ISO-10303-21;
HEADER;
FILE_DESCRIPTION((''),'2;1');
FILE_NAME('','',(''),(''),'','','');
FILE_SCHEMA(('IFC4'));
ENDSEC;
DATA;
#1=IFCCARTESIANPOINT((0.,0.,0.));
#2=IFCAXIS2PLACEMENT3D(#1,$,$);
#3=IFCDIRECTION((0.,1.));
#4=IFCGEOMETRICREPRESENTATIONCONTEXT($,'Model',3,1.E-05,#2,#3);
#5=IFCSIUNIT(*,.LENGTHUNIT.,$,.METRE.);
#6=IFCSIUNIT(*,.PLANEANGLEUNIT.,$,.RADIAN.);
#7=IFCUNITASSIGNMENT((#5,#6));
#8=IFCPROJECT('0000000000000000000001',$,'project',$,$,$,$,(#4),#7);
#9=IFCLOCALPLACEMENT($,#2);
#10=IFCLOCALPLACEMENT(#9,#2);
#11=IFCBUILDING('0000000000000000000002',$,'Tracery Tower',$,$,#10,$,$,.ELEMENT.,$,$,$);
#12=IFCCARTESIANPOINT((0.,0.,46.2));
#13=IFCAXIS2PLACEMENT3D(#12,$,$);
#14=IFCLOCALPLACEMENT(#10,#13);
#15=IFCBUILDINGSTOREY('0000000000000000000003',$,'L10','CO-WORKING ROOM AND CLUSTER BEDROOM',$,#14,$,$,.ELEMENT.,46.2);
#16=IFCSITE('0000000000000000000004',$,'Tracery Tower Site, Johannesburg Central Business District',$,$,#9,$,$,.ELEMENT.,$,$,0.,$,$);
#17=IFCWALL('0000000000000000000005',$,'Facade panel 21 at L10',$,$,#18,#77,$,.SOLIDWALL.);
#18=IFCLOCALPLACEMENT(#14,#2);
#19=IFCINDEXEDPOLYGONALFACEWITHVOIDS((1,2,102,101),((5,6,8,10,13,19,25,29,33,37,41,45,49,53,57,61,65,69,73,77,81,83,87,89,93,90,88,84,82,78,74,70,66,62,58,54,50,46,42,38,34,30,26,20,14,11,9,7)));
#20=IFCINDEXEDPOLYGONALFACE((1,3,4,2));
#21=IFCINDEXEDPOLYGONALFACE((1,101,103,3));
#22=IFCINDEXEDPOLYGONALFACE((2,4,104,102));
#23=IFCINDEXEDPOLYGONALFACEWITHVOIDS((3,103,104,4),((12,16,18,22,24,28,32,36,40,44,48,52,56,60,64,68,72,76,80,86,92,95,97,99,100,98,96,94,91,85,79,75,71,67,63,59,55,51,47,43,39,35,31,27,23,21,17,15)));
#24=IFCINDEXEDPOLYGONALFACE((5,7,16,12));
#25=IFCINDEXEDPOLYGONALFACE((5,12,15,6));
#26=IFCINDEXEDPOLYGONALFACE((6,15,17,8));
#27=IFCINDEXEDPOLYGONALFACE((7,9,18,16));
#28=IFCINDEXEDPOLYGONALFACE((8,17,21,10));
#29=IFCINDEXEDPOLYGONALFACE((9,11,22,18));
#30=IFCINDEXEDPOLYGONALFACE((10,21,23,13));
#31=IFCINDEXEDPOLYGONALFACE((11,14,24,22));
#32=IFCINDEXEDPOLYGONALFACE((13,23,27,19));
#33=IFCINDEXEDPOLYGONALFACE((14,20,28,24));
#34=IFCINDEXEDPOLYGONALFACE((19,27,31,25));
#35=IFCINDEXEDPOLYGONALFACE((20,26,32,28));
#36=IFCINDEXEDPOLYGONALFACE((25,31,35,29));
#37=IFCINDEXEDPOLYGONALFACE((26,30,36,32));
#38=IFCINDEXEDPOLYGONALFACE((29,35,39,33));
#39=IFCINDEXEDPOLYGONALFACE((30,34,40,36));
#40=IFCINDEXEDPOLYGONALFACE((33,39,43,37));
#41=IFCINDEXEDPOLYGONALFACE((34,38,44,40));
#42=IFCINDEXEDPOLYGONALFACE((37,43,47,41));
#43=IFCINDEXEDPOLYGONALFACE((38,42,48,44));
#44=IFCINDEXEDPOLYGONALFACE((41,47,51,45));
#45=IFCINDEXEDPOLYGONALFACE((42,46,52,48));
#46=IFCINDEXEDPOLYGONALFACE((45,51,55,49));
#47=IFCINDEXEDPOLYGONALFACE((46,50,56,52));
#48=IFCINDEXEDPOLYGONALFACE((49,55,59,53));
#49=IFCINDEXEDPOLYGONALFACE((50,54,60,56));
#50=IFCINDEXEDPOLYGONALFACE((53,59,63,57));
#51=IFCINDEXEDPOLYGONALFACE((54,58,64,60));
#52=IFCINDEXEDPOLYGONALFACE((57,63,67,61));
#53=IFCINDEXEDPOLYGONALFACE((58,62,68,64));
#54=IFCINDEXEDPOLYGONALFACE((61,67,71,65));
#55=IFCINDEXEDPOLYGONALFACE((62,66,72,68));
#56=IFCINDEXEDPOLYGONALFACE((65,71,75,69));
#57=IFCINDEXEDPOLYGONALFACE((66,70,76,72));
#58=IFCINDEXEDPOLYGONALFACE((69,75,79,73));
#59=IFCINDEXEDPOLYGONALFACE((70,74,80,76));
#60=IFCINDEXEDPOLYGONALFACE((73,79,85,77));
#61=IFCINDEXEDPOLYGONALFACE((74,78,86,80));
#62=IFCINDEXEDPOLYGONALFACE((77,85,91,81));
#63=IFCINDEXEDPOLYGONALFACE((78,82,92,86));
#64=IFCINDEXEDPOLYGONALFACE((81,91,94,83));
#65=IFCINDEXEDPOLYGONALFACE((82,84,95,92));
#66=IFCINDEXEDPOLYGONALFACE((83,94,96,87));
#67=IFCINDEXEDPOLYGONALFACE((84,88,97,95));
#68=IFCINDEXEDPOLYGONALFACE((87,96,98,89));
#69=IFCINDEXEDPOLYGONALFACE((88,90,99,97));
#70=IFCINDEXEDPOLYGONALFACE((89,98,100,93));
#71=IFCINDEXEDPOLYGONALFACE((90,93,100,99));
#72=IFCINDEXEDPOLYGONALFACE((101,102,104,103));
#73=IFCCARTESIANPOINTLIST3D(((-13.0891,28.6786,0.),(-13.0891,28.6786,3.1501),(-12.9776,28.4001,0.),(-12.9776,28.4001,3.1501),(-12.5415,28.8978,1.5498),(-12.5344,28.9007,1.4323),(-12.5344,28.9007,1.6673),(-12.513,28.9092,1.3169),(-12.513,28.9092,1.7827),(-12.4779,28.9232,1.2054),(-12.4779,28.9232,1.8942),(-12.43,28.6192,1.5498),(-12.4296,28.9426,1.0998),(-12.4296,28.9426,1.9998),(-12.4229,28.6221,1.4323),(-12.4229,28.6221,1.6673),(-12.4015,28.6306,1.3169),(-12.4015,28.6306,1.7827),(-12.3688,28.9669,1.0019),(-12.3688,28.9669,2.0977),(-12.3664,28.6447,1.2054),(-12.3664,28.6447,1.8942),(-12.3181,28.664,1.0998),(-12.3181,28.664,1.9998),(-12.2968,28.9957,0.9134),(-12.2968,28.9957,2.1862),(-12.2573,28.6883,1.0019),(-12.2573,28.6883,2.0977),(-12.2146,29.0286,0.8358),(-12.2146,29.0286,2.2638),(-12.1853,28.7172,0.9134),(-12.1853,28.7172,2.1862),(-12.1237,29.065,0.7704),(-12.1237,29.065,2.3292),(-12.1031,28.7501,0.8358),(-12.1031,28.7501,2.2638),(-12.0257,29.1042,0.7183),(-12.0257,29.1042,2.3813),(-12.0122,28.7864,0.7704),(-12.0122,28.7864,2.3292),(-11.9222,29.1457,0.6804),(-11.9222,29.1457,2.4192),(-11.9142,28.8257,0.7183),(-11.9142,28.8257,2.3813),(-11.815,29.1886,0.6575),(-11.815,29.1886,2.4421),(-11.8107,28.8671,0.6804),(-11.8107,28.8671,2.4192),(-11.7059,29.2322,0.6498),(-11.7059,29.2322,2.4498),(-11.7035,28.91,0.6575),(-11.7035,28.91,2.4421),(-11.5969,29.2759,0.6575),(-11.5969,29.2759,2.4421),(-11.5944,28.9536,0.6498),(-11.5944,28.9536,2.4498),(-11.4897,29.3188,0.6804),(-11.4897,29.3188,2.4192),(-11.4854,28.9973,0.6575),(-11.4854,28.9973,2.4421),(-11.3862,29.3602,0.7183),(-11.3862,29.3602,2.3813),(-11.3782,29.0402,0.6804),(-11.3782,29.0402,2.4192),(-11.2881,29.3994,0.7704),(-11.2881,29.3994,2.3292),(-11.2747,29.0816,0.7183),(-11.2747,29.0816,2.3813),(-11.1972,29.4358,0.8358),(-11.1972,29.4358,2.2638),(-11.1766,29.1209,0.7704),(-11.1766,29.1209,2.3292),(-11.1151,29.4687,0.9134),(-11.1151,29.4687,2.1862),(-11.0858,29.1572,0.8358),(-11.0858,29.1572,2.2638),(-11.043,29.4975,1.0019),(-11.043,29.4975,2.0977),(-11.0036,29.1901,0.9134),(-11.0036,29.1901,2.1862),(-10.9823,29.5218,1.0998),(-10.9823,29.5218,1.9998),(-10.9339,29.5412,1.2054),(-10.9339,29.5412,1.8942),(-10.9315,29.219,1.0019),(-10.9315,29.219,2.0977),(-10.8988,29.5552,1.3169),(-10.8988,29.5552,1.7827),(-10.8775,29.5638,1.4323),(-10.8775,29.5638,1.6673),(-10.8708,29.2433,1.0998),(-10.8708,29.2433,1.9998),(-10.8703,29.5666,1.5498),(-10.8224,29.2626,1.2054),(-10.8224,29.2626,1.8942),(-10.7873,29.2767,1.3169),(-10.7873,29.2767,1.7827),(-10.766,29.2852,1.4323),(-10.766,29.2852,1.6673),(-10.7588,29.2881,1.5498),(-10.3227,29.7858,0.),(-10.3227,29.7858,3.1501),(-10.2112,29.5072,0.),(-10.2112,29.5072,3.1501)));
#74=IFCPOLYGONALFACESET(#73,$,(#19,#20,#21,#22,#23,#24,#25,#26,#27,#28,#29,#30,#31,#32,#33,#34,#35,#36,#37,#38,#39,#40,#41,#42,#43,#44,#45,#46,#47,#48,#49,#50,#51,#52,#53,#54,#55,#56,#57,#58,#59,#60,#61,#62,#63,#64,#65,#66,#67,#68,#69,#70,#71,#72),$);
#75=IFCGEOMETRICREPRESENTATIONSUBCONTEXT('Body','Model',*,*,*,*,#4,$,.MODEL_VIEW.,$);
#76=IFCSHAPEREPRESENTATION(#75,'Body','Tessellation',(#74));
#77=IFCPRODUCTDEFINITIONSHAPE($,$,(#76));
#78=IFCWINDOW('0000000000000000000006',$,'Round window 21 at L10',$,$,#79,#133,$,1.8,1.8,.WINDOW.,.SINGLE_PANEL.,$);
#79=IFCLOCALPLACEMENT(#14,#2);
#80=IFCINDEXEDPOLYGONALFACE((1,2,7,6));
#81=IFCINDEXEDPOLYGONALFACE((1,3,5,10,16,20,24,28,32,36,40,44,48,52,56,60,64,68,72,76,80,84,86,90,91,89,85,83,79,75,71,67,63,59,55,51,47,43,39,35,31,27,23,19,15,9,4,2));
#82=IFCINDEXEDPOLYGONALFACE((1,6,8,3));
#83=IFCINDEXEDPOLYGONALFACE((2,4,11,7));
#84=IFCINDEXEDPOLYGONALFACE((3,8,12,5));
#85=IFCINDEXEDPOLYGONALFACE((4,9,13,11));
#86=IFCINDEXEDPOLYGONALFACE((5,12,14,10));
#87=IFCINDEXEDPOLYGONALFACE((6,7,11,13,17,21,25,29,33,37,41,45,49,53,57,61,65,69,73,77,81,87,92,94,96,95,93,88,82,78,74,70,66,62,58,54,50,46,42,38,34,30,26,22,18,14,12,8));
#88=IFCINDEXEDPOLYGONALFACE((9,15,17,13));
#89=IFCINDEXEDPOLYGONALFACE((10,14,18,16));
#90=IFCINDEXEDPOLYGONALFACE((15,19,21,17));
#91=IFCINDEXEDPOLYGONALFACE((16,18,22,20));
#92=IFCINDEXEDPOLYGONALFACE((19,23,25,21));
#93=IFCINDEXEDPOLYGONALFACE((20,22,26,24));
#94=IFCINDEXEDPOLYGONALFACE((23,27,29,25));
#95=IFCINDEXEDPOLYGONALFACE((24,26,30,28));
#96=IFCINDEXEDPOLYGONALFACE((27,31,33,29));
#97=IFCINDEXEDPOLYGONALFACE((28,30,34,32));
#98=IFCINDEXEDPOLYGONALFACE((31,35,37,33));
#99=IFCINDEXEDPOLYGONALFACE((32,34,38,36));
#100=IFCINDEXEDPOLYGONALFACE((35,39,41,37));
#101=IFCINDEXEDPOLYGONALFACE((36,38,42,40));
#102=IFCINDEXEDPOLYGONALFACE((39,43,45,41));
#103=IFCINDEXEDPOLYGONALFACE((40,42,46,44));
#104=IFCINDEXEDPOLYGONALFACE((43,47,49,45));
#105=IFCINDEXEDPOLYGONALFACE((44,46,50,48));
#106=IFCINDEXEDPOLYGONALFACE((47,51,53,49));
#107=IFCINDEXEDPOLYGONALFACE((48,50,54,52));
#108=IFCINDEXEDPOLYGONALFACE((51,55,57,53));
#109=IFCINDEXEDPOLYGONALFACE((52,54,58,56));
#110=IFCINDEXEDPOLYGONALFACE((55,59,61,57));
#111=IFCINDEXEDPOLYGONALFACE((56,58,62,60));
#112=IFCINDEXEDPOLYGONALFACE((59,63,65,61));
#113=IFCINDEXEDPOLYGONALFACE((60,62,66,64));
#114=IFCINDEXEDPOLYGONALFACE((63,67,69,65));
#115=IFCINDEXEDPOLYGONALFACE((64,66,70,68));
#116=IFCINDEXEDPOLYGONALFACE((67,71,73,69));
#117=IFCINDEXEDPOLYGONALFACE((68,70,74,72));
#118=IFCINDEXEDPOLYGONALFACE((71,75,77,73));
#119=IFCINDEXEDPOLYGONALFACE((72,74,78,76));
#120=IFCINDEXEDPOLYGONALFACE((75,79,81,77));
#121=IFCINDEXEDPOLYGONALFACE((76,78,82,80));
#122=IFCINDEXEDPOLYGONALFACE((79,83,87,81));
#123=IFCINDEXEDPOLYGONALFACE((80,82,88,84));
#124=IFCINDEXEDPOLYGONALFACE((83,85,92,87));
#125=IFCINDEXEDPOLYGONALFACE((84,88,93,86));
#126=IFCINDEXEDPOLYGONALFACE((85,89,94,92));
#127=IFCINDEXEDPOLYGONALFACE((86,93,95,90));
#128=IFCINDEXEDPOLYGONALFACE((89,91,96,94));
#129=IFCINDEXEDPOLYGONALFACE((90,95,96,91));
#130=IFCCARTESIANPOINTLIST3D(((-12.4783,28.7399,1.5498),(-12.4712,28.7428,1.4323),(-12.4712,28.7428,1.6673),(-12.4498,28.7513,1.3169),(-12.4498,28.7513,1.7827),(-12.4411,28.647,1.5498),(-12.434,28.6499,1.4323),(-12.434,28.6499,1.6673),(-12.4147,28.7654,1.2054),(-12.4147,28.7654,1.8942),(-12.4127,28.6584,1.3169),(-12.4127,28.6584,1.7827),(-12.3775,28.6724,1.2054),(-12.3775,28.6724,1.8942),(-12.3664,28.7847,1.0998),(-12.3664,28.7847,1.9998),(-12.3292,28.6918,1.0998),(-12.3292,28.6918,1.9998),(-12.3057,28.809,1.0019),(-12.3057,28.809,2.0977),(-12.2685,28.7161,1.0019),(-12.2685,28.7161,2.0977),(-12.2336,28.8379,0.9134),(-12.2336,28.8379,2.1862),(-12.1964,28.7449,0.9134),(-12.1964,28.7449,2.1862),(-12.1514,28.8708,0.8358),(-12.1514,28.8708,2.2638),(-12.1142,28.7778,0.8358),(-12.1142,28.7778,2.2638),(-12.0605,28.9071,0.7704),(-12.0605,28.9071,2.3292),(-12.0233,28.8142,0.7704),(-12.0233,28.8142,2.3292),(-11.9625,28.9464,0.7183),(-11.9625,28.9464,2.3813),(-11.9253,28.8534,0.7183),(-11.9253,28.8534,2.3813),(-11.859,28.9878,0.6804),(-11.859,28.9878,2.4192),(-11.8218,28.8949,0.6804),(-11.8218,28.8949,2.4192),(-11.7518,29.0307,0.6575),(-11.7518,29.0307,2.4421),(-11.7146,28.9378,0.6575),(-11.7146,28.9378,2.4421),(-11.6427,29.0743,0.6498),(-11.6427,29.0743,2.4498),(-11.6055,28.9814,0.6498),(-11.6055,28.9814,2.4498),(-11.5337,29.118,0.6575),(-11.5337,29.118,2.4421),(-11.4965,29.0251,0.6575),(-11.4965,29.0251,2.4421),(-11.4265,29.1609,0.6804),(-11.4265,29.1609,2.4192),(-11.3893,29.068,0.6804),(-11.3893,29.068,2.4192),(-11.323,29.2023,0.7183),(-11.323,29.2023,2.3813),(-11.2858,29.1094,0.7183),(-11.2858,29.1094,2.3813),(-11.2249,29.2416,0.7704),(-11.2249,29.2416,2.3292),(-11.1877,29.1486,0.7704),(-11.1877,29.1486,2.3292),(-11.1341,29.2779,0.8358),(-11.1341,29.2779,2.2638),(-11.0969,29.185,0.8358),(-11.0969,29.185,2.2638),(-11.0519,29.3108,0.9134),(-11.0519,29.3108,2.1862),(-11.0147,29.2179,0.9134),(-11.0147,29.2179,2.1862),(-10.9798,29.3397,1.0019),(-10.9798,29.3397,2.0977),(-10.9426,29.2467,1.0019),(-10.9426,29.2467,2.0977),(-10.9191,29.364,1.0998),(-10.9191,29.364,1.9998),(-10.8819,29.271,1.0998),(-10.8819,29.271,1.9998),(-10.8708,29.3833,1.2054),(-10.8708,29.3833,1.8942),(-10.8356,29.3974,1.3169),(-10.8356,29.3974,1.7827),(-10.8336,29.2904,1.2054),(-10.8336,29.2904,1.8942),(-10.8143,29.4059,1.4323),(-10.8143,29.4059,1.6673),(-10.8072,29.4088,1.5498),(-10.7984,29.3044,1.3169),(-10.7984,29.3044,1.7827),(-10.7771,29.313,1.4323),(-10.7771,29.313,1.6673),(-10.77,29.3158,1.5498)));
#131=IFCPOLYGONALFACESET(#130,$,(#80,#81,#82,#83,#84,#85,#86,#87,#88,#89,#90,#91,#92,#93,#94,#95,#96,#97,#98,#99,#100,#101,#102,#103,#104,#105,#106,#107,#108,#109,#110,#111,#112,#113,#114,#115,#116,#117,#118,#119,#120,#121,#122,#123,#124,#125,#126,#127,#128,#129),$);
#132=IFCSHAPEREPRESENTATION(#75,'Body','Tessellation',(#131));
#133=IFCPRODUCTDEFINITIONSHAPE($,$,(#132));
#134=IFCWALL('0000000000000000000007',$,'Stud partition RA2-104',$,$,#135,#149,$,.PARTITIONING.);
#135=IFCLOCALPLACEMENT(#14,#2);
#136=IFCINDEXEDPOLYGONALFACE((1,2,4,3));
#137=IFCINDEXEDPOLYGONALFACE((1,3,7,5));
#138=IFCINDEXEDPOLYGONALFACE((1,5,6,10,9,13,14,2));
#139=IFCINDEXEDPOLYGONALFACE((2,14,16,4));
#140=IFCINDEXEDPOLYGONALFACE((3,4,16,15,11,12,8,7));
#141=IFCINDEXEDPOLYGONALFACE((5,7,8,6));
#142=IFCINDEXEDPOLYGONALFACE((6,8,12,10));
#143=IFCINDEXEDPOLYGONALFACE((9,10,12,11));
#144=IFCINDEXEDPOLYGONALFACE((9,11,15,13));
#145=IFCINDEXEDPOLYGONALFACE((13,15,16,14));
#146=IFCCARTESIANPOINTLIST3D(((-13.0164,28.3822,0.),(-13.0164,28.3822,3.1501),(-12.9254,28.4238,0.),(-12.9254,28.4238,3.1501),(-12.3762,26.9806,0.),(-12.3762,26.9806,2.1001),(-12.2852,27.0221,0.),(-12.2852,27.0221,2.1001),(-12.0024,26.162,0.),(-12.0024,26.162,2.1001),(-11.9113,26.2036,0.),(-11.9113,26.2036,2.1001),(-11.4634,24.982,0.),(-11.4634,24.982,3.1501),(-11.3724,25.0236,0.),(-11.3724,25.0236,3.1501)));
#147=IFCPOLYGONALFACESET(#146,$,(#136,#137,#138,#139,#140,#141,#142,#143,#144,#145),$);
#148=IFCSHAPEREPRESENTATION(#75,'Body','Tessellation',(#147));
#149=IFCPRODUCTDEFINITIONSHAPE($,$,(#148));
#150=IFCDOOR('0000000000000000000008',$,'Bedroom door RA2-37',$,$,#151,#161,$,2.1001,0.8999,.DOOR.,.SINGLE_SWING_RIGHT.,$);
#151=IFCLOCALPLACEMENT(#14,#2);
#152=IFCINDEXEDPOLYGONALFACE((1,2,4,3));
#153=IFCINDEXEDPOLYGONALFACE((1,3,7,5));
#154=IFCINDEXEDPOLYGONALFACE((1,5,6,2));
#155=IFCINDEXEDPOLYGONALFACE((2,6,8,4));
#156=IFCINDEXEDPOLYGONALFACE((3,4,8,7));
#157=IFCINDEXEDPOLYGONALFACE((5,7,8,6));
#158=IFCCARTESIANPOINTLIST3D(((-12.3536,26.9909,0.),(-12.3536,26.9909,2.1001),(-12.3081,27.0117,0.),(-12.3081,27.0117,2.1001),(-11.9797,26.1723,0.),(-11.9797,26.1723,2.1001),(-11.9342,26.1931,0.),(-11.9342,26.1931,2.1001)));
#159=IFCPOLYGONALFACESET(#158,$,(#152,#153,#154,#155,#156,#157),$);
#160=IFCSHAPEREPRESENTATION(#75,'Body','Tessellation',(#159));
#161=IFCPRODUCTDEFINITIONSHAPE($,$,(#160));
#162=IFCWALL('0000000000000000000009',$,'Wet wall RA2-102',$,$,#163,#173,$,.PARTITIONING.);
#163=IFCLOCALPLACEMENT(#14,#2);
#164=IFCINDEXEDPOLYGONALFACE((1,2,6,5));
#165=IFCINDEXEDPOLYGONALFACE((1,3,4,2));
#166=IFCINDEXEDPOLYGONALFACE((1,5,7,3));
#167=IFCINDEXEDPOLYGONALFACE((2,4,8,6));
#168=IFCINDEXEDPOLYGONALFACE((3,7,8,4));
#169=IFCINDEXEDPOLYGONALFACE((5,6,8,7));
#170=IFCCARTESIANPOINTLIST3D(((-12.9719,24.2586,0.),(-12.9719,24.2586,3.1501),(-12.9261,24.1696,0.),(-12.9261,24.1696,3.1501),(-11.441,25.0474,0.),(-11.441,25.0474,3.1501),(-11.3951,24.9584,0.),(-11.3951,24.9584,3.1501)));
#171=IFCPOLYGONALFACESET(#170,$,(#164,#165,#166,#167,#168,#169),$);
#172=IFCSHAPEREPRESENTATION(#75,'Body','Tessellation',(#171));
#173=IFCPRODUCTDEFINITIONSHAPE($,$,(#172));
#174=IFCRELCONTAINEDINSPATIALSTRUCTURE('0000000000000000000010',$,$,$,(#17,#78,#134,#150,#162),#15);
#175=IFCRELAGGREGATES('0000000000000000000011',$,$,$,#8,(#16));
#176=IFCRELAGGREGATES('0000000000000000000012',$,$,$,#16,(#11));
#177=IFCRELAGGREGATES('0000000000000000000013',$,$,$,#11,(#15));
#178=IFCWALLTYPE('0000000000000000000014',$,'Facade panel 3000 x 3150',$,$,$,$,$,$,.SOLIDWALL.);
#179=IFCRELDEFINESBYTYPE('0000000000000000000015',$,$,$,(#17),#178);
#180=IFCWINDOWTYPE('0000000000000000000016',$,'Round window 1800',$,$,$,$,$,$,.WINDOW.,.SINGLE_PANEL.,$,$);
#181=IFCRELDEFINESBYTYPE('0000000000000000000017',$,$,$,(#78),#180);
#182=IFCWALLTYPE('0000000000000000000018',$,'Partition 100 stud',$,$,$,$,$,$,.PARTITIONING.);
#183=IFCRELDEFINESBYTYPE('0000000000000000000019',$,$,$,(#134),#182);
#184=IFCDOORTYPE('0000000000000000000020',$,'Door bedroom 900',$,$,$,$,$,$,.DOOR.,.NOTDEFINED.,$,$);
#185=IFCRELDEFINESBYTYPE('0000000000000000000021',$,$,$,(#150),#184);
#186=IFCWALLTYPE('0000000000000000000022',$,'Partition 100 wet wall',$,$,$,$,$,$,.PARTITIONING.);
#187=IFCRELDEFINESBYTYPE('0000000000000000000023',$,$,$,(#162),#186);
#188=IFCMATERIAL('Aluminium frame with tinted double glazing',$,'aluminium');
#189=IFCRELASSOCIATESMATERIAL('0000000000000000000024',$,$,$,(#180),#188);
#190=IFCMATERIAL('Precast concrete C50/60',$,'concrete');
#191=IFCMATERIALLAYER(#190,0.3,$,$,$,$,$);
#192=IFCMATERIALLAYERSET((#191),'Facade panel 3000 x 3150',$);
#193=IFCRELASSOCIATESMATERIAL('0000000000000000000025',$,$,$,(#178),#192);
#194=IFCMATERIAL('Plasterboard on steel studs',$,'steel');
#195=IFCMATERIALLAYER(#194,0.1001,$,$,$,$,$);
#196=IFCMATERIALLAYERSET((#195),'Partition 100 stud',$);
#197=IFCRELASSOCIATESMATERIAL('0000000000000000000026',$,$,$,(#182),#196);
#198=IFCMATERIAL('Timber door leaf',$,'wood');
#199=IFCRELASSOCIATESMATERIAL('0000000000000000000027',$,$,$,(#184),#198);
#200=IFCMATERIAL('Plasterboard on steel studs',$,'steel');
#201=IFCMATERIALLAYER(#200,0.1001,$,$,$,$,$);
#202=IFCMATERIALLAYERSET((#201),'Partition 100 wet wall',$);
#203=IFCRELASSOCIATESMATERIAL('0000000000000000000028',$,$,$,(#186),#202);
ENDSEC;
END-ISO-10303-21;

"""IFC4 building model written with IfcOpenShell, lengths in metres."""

from ifc_helpers import new_model, si_unit, direction, frame, frame_2d, origin, origin_2d, place, context, subcontext, project, spatial, rectangle, circle, extrude, material, layer, layer_set, type_object, element, fill, save


model = new_model("IFC4")

# Units and contexts
model_context = context("Model", 3, precision=1e-05, world=origin(), true_north=direction((0.0, 1.0)))
body_context = subcontext(model_context, "Body", "Model", "MODEL_VIEW")
ifc_project = project(units=[si_unit("LENGTHUNIT", "METRE"), si_unit("PLANEANGLEUNIT", "RADIAN")], contexts=[model_context])

# Site, building, storey
site_placement = place(None, origin())
site = spatial("IfcSite", under=ifc_project, at=site_placement, Name="Tracery Tower Site, Johannesburg Central Business District", CompositionType="ELEMENT", RefElevation=0.0)
building_placement = place(site_placement, origin())
building = spatial("IfcBuilding", under=site, at=building_placement, Name="Tracery Tower", CompositionType="ELEMENT")
storey_placement = place(building_placement, frame((0.0, 0.0, 46.2)))
storey = spatial("IfcBuildingStorey", under=building, at=storey_placement, Name="L10", Description="CO-WORKING ROOM AND CLUSTER BEDROOM", CompositionType="ELEMENT", Elevation=46.2)

# Wall, opening, window
ifc_material_1 = material(Name="Aluminium frame with tinted double glazing", Category="aluminium")
window_type = type_object("IfcWindowType", Name="Round window 1800", PartitioningType="SINGLE_PANEL", PredefinedType="WINDOW", material=ifc_material_1)
ifc_material_2 = material(Name="Precast concrete C50/60", Category="concrete")
ifc_layer_1 = layer(ifc_material_2, 0.3)
ifc_layer_set_1 = layer_set([ifc_layer_1], Name="Facade panel 3000 x 3150")
wall_type_1 = type_object("IfcWallType", Name="Facade panel 3000 x 3150", PredefinedType="SOLIDWALL", material=ifc_layer_set_1)
wall_1_placement = place(storey_placement, frame((-10.2671, 29.6465, 0.0), z_axis=(0.0, 0.0, 1.0), x_axis=(-0.928403, -0.371574, 0.0)))
wall_1 = element("IfcWall", 1, at=wall_1_placement, inside=storey, type_object=wall_type_1, Name="Facade panel 21 at L10", PredefinedType="SOLIDWALL", context=body_context, shape_type="SweptSolid", body=[
    extrude(rectangle(XDim=2.9797, YDim=0.3, at=frame_2d((1.4897, 0.0))), origin(), (0.0, 0.0, 1.0), 3.1501),
])
opening_1_placement = place(wall_1_placement, frame((1.4897, 0.0, 1.5498)))
opening_1 = element("IfcOpeningElement", 2, at=opening_1_placement, cuts=wall_1, PredefinedType="OPENING", context=body_context, shape_type="SweptSolid", body=[
    extrude(circle(Radius=0.9, at=origin_2d()), frame((0.0, 0.1599, 0.0), z_axis=(0.0, -1.0, 0.0), x_axis=(1.0, 0.0, 0.0)), (0.0, 0.0, 1.0), 0.3201),
])
window_1_placement = place(opening_1_placement, origin())
window_1 = element("IfcWindow", 3, at=window_1_placement, inside=storey, type_object=window_type, Name="Round window 21 at L10", OverallHeight=1.8, OverallWidth=1.8, PartitioningType="SINGLE_PANEL", PredefinedType="WINDOW", context=body_context, shape_type="SweptSolid", body=[
    extrude(circle(Radius=0.9, at=origin_2d()), frame((0.0, 0.1201, 0.0), z_axis=(0.0, -1.0, 0.0), x_axis=(1.0, 0.0, 0.0)), (0.0, 0.0, 1.0), 0.1001),
])
fill(opening_1, window_1)

# Wall, opening, door
ifc_material_3 = material(Name="Plasterboard on steel studs", Category="steel")
ifc_layer_2 = layer(ifc_material_3, 0.1001)
ifc_layer_set_2 = layer_set([ifc_layer_2], Name="Partition 100 stud")
wall_type_2 = type_object("IfcWallType", Name="Partition 100 stud", PredefinedType="PARTITIONING", material=ifc_layer_set_2)
wall_2_placement = place(storey_placement, frame((-12.9709, 28.4031, 0.0), z_axis=(0.0, 0.0, 1.0), x_axis=(0.415456, -0.909613, 0.0)))
wall_2 = element("IfcWall", 4, at=wall_2_placement, inside=storey, type_object=wall_type_2, Name="Stud partition RA2-104", PredefinedType="PARTITIONING", context=body_context, shape_type="SweptSolid", body=[
    extrude(rectangle(XDim=3.738, YDim=0.1001, at=frame_2d((1.8691, 0.0))), origin(), (0.0, 0.0, 1.0), 3.1501),
])
opening_2_placement = place(wall_2_placement, frame((1.541, 0.0, 0.0)))
opening_2 = element("IfcOpeningElement", 5, at=opening_2_placement, cuts=wall_2, PredefinedType="OPENING", context=body_context, shape_type="SweptSolid", body=[
    extrude(rectangle(XDim=0.8999, YDim=2.1001, at=frame_2d((0.45, 1.05))), frame((0.0, 0.05, 0.0), z_axis=(0.0, -1.0, 0.0), x_axis=(1.0, 0.0, 0.0)), (0.0, 0.0, 1.0), 0.1001),
])
ifc_material_4 = material(Name="Timber door leaf", Category="wood")
door_type_1 = type_object("IfcDoorType", Name="Door bedroom 900", OperationType="NOTDEFINED", PredefinedType="DOOR", material=ifc_material_4)
door_1_placement = place(opening_2_placement, origin())
door_1 = element("IfcDoor", 6, at=door_1_placement, inside=storey, type_object=door_type_1, Name="Bedroom door RA2-37", OperationType="SINGLE_SWING_RIGHT", OverallHeight=2.1001, OverallWidth=0.8999, PredefinedType="DOOR", context=body_context, shape_type="SweptSolid", body=[
    extrude(rectangle(XDim=0.8999, YDim=2.1001, at=frame_2d((0.45, 1.05))), frame((0.0, 0.0249, 0.0), z_axis=(0.0, -1.0, 0.0), x_axis=(1.0, 0.0, 0.0)), (0.0, 0.0, 1.0), 0.05),
])
fill(opening_2, door_1)

# Wall
ifc_material_5 = material(Name="Plasterboard on steel studs", Category="steel")
ifc_layer_3 = layer(ifc_material_5, 0.1001)
ifc_layer_set_3 = layer_set([ifc_layer_3], Name="Partition 100 wet wall")
wall_type_3 = type_object("IfcWallType", Name="Partition 100 wet wall", PredefinedType="PARTITIONING", material=ifc_layer_set_3)
wall_3_placement = place(storey_placement, frame((-12.949, 24.2141, 0.0), z_axis=(0.0, 0.0, 1.0), x_axis=(0.888947, 0.458011, 0.0)))
element("IfcWall", 7, at=wall_3_placement, inside=storey, type_object=wall_type_3, Name="Wet wall RA2-102", PredefinedType="PARTITIONING", context=body_context, shape_type="SweptSolid", body=[
    extrude(rectangle(XDim=1.7222, YDim=0.1001, at=frame_2d((0.8611, 0.0))), origin(), (0.0, 0.0, 1.0), 3.1501),
])

save(model, "model.ifc")
